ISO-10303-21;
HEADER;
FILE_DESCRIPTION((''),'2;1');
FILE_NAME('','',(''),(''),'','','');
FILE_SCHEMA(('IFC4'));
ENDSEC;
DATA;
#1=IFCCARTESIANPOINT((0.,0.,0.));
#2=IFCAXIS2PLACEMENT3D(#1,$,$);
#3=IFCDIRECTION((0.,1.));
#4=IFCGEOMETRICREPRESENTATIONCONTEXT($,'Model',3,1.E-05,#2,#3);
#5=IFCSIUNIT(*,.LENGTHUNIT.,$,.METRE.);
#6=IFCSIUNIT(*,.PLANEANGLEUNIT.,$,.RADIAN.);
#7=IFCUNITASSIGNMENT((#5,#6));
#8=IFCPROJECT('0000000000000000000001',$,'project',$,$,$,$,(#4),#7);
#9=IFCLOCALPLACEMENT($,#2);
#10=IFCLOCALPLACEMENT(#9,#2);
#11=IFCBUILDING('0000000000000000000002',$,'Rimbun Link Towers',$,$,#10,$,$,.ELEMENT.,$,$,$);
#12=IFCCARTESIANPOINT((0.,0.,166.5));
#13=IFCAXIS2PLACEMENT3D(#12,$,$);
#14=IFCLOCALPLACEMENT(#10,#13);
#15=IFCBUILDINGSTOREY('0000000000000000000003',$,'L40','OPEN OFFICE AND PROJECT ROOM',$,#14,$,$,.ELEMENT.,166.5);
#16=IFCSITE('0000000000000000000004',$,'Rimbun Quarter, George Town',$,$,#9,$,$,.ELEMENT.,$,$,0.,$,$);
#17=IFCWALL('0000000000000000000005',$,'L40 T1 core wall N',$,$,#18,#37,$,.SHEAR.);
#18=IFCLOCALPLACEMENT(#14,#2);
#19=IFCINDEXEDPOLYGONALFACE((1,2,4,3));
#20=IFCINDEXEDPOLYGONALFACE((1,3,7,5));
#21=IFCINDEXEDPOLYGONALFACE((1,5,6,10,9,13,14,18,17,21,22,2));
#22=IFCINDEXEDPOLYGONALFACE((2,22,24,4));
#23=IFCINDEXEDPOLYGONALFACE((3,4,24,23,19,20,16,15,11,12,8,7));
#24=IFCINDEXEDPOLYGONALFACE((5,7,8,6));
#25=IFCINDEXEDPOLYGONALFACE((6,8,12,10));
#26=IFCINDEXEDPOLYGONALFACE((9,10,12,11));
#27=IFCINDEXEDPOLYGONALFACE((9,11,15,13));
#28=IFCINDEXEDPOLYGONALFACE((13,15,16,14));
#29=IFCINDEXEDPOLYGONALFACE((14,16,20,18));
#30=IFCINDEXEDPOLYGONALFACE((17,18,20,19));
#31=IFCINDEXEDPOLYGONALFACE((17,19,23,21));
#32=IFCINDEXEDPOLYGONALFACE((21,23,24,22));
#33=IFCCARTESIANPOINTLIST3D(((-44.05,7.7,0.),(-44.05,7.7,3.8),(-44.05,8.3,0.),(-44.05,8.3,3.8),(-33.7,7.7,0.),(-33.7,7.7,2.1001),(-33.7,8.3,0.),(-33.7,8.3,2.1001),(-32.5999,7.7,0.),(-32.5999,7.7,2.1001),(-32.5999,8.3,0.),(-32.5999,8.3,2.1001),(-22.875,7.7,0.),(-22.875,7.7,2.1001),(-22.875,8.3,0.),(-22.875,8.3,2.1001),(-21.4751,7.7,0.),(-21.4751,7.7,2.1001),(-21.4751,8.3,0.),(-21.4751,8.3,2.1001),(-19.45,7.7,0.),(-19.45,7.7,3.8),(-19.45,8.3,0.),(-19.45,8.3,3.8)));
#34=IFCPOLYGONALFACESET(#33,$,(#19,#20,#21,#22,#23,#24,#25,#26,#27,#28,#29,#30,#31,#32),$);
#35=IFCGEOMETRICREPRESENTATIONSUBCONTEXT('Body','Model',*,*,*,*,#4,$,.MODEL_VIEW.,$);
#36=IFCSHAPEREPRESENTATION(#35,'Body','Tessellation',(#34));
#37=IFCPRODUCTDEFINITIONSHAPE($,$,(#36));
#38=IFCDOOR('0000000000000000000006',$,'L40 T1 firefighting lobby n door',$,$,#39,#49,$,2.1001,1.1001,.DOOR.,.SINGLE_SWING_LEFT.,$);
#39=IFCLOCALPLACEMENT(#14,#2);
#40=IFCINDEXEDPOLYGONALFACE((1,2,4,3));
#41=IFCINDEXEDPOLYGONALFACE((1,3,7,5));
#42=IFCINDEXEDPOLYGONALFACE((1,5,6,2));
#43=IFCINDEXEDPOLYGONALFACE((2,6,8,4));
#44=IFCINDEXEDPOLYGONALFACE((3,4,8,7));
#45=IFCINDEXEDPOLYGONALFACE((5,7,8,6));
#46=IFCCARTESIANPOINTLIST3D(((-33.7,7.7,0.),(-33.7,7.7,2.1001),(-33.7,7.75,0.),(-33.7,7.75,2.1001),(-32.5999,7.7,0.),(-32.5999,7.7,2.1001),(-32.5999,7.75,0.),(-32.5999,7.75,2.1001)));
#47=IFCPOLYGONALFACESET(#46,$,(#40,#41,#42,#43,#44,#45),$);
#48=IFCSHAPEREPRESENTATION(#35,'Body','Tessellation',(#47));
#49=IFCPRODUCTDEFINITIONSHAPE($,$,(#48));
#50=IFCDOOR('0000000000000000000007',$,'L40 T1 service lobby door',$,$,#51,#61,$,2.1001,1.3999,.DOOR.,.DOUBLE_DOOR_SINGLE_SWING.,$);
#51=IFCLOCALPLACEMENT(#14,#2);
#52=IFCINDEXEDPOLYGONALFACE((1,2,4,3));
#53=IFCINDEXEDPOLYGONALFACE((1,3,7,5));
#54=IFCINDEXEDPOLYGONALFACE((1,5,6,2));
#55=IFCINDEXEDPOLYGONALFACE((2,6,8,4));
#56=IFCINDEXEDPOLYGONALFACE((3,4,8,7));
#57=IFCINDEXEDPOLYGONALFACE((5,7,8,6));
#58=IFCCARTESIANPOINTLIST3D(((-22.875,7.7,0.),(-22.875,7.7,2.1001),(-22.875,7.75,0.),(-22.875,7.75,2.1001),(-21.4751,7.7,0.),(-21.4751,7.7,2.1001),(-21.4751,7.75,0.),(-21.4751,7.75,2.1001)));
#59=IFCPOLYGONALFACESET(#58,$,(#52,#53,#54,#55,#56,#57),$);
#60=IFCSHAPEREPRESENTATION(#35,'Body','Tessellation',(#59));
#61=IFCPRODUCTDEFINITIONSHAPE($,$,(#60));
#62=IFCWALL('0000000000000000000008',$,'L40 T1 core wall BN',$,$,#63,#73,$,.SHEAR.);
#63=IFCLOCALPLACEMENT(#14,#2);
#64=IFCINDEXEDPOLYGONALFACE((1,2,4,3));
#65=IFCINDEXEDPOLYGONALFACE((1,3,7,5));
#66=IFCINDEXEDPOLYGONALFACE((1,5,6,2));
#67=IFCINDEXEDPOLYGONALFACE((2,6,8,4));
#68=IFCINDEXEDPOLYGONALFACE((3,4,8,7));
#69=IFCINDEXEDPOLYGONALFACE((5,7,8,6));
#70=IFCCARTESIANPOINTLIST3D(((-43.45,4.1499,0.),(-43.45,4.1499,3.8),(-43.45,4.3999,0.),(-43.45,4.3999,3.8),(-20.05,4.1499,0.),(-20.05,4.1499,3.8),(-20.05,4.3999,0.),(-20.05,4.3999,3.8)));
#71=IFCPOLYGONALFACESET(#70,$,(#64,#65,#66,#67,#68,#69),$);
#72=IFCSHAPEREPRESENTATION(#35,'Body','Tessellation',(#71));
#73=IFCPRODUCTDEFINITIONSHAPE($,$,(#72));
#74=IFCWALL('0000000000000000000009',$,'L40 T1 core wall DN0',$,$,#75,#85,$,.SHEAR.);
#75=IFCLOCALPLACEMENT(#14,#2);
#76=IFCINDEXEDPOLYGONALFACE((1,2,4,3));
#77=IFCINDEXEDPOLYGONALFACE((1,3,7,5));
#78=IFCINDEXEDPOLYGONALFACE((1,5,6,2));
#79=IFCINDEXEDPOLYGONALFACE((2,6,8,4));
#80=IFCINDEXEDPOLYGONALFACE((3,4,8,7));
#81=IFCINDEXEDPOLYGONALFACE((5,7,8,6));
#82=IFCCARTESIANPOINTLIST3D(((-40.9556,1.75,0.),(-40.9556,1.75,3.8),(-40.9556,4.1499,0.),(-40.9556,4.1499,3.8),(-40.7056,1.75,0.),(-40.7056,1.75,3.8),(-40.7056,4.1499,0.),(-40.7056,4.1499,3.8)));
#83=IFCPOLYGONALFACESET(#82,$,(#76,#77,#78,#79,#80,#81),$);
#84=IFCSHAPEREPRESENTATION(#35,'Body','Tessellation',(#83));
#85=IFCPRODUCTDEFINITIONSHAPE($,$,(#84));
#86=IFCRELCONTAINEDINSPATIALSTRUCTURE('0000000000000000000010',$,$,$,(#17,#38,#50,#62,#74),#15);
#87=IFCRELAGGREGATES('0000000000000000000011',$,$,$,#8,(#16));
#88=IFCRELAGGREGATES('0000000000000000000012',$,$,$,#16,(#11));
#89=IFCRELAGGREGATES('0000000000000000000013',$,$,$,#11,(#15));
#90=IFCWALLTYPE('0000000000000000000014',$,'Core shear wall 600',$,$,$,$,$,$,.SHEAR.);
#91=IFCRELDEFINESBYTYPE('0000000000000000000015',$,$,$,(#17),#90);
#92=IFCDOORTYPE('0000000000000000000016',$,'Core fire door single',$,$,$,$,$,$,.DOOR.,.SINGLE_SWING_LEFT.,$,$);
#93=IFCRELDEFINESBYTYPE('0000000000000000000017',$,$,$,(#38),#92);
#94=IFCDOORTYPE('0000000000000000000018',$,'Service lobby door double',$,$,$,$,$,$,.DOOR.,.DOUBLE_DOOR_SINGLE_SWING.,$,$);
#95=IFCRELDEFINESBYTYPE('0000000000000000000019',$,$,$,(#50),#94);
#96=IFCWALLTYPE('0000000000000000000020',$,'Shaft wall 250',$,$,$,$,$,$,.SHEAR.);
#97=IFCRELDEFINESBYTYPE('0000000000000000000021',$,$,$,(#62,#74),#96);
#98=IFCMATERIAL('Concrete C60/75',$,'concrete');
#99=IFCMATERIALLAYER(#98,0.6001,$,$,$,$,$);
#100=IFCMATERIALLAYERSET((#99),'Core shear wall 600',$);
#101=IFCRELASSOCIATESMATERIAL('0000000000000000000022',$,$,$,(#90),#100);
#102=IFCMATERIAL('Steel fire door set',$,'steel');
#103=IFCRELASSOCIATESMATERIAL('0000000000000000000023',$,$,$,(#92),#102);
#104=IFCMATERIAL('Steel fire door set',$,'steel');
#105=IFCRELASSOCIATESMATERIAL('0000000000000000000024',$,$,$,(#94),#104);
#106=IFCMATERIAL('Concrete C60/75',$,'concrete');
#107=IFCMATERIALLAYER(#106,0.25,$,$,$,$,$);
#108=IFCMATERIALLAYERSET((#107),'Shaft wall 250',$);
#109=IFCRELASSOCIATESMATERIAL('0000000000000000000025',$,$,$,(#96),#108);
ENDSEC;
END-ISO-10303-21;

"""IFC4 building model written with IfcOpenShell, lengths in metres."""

from ifc_helpers import new_model, si_unit, direction, frame, frame_2d, origin, place, context, subcontext, project, spatial, rectangle, extrude, material, layer, layer_set, type_object, element, fill, save


model = new_model("IFC4")

# Units and contexts
model_context = context("Model", 3, precision=1e-05, world=origin(), true_north=direction((0.0, 1.0)))
body_context = subcontext(model_context, "Body", "Model", "MODEL_VIEW")
ifc_project = project(units=[si_unit("LENGTHUNIT", "METRE"), si_unit("PLANEANGLEUNIT", "RADIAN")], contexts=[model_context])

# Site, building, storey
site_placement = place(None, origin())
site = spatial("IfcSite", under=ifc_project, at=site_placement, Name="Rimbun Quarter, George Town", CompositionType="ELEMENT", RefElevation=0.0)
building_placement = place(site_placement, origin())
building = spatial("IfcBuilding", under=site, at=building_placement, Name="Rimbun Link Towers", CompositionType="ELEMENT")
storey_placement = place(building_placement, frame((0.0, 0.0, 166.5)))
storey = spatial("IfcBuildingStorey", under=building, at=storey_placement, Name="L40", Description="OPEN OFFICE AND PROJECT ROOM", CompositionType="ELEMENT", Elevation=166.5)

# Wall, openings, doors
ifc_material_1 = material(Name="Concrete C60/75", Category="concrete")
ifc_layer_1 = layer(ifc_material_1, 0.6001)
ifc_layer_set_1 = layer_set([ifc_layer_1], Name="Core shear wall 600")
wall_type_1 = type_object("IfcWallType", Name="Core shear wall 600", PredefinedType="SHEAR", material=ifc_layer_set_1)
wall_1_placement = place(storey_placement, frame((-44.05, 8.0, 0.0), z_axis=(0.0, 0.0, 1.0), x_axis=(1.0, 0.0, 0.0)))
wall_1 = element("IfcWall", 1, at=wall_1_placement, inside=storey, type_object=wall_type_1, Name="L40 T1 core wall N", PredefinedType="SHEAR", context=body_context, shape_type="SweptSolid", body=[
    extrude(rectangle(XDim=24.6001, YDim=0.6001, at=frame_2d((12.3, 0.0))), origin(), (0.0, 0.0, 1.0), 3.8),
])
opening_1_placement = place(wall_1_placement, frame((10.3501, 0.0, 0.0)))
opening_1 = element("IfcOpeningElement", 2, at=opening_1_placement, cuts=wall_1, PredefinedType="OPENING", context=body_context, shape_type="SweptSolid", body=[
    extrude(rectangle(XDim=1.1001, YDim=2.1001, at=frame_2d((0.55, 1.05))), frame((0.0, 0.3101, 0.0), z_axis=(0.0, -1.0, 0.0), x_axis=(1.0, 0.0, 0.0)), (0.0, 0.0, 1.0), 0.6201),
])
opening_2_placement = place(wall_1_placement, frame((21.175, 0.0, 0.0)))
opening_2 = element("IfcOpeningElement", 3, at=opening_2_placement, cuts=wall_1, PredefinedType="OPENING", context=body_context, shape_type="SweptSolid", body=[
    extrude(rectangle(XDim=1.3999, YDim=2.1001, at=frame_2d((0.7, 1.05))), frame((0.0, 0.3101, 0.0), z_axis=(0.0, -1.0, 0.0), x_axis=(1.0, 0.0, 0.0)), (0.0, 0.0, 1.0), 0.6201),
])
ifc_material_2 = material(Name="Steel fire door set", Category="steel")
door_type_1 = type_object("IfcDoorType", Name="Core fire door single", OperationType="SINGLE_SWING_LEFT", PredefinedType="DOOR", material=ifc_material_2)
door_1_placement = place(opening_1_placement, origin())
door_1 = element("IfcDoor", 4, at=door_1_placement, inside=storey, type_object=door_type_1, Name="L40 T1 firefighting lobby n door", OperationType="SINGLE_SWING_LEFT", OverallHeight=2.1001, OverallWidth=1.1001, PredefinedType="DOOR", context=body_context, shape_type="SweptSolid", body=[
    extrude(rectangle(XDim=1.1001, YDim=2.1001, at=frame_2d((0.55, 1.05))), frame((0.0, -0.25, 0.0), z_axis=(0.0, -1.0, 0.0), x_axis=(1.0, 0.0, 0.0)), (0.0, 0.0, 1.0), 0.05),
])
fill(opening_1, door_1)
ifc_material_3 = material(Name="Steel fire door set", Category="steel")
door_type_2 = type_object("IfcDoorType", Name="Service lobby door double", OperationType="DOUBLE_DOOR_SINGLE_SWING", PredefinedType="DOOR", material=ifc_material_3)
door_2_placement = place(opening_2_placement, origin())
door_2 = element("IfcDoor", 5, at=door_2_placement, inside=storey, type_object=door_type_2, Name="L40 T1 service lobby door", OperationType="DOUBLE_DOOR_SINGLE_SWING", OverallHeight=2.1001, OverallWidth=1.3999, PredefinedType="DOOR", context=body_context, shape_type="SweptSolid", body=[
    extrude(rectangle(XDim=1.3999, YDim=2.1001, at=frame_2d((0.7, 1.05))), frame((0.0, -0.25, 0.0), z_axis=(0.0, -1.0, 0.0), x_axis=(1.0, 0.0, 0.0)), (0.0, 0.0, 1.0), 0.05),
])
fill(opening_2, door_2)

# Walls
ifc_material_4 = material(Name="Concrete C60/75", Category="concrete")
ifc_layer_2 = layer(ifc_material_4, 0.25)
ifc_layer_set_2 = layer_set([ifc_layer_2], Name="Shaft wall 250")
wall_type_2 = type_object("IfcWallType", Name="Shaft wall 250", PredefinedType="SHEAR", material=ifc_layer_set_2)
wall_2_placement = place(storey_placement, frame((-43.45, 4.2749, 0.0), z_axis=(0.0, 0.0, 1.0), x_axis=(1.0, 0.0, 0.0)))
element("IfcWall", 6, at=wall_2_placement, inside=storey, type_object=wall_type_2, Name="L40 T1 core wall BN", PredefinedType="SHEAR", context=body_context, shape_type="SweptSolid", body=[
    extrude(rectangle(XDim=23.3999, YDim=0.25, at=frame_2d((11.7, 0.0))), origin(), (0.0, 0.0, 1.0), 3.8),
])
wall_3_placement = place(storey_placement, frame((-40.8306, 1.75, 0.0), z_axis=(0.0, 0.0, 1.0), x_axis=(0.0, 1.0, 0.0)))
element("IfcWall", 7, at=wall_3_placement, inside=storey, type_object=wall_type_2, Name="L40 T1 core wall DN0", PredefinedType="SHEAR", context=body_context, shape_type="SweptSolid", body=[
    extrude(rectangle(XDim=2.3999, YDim=0.25, at=frame_2d((1.2, 0.0))), origin(), (0.0, 0.0, 1.0), 3.8),
])

save(model, "model.ifc")
